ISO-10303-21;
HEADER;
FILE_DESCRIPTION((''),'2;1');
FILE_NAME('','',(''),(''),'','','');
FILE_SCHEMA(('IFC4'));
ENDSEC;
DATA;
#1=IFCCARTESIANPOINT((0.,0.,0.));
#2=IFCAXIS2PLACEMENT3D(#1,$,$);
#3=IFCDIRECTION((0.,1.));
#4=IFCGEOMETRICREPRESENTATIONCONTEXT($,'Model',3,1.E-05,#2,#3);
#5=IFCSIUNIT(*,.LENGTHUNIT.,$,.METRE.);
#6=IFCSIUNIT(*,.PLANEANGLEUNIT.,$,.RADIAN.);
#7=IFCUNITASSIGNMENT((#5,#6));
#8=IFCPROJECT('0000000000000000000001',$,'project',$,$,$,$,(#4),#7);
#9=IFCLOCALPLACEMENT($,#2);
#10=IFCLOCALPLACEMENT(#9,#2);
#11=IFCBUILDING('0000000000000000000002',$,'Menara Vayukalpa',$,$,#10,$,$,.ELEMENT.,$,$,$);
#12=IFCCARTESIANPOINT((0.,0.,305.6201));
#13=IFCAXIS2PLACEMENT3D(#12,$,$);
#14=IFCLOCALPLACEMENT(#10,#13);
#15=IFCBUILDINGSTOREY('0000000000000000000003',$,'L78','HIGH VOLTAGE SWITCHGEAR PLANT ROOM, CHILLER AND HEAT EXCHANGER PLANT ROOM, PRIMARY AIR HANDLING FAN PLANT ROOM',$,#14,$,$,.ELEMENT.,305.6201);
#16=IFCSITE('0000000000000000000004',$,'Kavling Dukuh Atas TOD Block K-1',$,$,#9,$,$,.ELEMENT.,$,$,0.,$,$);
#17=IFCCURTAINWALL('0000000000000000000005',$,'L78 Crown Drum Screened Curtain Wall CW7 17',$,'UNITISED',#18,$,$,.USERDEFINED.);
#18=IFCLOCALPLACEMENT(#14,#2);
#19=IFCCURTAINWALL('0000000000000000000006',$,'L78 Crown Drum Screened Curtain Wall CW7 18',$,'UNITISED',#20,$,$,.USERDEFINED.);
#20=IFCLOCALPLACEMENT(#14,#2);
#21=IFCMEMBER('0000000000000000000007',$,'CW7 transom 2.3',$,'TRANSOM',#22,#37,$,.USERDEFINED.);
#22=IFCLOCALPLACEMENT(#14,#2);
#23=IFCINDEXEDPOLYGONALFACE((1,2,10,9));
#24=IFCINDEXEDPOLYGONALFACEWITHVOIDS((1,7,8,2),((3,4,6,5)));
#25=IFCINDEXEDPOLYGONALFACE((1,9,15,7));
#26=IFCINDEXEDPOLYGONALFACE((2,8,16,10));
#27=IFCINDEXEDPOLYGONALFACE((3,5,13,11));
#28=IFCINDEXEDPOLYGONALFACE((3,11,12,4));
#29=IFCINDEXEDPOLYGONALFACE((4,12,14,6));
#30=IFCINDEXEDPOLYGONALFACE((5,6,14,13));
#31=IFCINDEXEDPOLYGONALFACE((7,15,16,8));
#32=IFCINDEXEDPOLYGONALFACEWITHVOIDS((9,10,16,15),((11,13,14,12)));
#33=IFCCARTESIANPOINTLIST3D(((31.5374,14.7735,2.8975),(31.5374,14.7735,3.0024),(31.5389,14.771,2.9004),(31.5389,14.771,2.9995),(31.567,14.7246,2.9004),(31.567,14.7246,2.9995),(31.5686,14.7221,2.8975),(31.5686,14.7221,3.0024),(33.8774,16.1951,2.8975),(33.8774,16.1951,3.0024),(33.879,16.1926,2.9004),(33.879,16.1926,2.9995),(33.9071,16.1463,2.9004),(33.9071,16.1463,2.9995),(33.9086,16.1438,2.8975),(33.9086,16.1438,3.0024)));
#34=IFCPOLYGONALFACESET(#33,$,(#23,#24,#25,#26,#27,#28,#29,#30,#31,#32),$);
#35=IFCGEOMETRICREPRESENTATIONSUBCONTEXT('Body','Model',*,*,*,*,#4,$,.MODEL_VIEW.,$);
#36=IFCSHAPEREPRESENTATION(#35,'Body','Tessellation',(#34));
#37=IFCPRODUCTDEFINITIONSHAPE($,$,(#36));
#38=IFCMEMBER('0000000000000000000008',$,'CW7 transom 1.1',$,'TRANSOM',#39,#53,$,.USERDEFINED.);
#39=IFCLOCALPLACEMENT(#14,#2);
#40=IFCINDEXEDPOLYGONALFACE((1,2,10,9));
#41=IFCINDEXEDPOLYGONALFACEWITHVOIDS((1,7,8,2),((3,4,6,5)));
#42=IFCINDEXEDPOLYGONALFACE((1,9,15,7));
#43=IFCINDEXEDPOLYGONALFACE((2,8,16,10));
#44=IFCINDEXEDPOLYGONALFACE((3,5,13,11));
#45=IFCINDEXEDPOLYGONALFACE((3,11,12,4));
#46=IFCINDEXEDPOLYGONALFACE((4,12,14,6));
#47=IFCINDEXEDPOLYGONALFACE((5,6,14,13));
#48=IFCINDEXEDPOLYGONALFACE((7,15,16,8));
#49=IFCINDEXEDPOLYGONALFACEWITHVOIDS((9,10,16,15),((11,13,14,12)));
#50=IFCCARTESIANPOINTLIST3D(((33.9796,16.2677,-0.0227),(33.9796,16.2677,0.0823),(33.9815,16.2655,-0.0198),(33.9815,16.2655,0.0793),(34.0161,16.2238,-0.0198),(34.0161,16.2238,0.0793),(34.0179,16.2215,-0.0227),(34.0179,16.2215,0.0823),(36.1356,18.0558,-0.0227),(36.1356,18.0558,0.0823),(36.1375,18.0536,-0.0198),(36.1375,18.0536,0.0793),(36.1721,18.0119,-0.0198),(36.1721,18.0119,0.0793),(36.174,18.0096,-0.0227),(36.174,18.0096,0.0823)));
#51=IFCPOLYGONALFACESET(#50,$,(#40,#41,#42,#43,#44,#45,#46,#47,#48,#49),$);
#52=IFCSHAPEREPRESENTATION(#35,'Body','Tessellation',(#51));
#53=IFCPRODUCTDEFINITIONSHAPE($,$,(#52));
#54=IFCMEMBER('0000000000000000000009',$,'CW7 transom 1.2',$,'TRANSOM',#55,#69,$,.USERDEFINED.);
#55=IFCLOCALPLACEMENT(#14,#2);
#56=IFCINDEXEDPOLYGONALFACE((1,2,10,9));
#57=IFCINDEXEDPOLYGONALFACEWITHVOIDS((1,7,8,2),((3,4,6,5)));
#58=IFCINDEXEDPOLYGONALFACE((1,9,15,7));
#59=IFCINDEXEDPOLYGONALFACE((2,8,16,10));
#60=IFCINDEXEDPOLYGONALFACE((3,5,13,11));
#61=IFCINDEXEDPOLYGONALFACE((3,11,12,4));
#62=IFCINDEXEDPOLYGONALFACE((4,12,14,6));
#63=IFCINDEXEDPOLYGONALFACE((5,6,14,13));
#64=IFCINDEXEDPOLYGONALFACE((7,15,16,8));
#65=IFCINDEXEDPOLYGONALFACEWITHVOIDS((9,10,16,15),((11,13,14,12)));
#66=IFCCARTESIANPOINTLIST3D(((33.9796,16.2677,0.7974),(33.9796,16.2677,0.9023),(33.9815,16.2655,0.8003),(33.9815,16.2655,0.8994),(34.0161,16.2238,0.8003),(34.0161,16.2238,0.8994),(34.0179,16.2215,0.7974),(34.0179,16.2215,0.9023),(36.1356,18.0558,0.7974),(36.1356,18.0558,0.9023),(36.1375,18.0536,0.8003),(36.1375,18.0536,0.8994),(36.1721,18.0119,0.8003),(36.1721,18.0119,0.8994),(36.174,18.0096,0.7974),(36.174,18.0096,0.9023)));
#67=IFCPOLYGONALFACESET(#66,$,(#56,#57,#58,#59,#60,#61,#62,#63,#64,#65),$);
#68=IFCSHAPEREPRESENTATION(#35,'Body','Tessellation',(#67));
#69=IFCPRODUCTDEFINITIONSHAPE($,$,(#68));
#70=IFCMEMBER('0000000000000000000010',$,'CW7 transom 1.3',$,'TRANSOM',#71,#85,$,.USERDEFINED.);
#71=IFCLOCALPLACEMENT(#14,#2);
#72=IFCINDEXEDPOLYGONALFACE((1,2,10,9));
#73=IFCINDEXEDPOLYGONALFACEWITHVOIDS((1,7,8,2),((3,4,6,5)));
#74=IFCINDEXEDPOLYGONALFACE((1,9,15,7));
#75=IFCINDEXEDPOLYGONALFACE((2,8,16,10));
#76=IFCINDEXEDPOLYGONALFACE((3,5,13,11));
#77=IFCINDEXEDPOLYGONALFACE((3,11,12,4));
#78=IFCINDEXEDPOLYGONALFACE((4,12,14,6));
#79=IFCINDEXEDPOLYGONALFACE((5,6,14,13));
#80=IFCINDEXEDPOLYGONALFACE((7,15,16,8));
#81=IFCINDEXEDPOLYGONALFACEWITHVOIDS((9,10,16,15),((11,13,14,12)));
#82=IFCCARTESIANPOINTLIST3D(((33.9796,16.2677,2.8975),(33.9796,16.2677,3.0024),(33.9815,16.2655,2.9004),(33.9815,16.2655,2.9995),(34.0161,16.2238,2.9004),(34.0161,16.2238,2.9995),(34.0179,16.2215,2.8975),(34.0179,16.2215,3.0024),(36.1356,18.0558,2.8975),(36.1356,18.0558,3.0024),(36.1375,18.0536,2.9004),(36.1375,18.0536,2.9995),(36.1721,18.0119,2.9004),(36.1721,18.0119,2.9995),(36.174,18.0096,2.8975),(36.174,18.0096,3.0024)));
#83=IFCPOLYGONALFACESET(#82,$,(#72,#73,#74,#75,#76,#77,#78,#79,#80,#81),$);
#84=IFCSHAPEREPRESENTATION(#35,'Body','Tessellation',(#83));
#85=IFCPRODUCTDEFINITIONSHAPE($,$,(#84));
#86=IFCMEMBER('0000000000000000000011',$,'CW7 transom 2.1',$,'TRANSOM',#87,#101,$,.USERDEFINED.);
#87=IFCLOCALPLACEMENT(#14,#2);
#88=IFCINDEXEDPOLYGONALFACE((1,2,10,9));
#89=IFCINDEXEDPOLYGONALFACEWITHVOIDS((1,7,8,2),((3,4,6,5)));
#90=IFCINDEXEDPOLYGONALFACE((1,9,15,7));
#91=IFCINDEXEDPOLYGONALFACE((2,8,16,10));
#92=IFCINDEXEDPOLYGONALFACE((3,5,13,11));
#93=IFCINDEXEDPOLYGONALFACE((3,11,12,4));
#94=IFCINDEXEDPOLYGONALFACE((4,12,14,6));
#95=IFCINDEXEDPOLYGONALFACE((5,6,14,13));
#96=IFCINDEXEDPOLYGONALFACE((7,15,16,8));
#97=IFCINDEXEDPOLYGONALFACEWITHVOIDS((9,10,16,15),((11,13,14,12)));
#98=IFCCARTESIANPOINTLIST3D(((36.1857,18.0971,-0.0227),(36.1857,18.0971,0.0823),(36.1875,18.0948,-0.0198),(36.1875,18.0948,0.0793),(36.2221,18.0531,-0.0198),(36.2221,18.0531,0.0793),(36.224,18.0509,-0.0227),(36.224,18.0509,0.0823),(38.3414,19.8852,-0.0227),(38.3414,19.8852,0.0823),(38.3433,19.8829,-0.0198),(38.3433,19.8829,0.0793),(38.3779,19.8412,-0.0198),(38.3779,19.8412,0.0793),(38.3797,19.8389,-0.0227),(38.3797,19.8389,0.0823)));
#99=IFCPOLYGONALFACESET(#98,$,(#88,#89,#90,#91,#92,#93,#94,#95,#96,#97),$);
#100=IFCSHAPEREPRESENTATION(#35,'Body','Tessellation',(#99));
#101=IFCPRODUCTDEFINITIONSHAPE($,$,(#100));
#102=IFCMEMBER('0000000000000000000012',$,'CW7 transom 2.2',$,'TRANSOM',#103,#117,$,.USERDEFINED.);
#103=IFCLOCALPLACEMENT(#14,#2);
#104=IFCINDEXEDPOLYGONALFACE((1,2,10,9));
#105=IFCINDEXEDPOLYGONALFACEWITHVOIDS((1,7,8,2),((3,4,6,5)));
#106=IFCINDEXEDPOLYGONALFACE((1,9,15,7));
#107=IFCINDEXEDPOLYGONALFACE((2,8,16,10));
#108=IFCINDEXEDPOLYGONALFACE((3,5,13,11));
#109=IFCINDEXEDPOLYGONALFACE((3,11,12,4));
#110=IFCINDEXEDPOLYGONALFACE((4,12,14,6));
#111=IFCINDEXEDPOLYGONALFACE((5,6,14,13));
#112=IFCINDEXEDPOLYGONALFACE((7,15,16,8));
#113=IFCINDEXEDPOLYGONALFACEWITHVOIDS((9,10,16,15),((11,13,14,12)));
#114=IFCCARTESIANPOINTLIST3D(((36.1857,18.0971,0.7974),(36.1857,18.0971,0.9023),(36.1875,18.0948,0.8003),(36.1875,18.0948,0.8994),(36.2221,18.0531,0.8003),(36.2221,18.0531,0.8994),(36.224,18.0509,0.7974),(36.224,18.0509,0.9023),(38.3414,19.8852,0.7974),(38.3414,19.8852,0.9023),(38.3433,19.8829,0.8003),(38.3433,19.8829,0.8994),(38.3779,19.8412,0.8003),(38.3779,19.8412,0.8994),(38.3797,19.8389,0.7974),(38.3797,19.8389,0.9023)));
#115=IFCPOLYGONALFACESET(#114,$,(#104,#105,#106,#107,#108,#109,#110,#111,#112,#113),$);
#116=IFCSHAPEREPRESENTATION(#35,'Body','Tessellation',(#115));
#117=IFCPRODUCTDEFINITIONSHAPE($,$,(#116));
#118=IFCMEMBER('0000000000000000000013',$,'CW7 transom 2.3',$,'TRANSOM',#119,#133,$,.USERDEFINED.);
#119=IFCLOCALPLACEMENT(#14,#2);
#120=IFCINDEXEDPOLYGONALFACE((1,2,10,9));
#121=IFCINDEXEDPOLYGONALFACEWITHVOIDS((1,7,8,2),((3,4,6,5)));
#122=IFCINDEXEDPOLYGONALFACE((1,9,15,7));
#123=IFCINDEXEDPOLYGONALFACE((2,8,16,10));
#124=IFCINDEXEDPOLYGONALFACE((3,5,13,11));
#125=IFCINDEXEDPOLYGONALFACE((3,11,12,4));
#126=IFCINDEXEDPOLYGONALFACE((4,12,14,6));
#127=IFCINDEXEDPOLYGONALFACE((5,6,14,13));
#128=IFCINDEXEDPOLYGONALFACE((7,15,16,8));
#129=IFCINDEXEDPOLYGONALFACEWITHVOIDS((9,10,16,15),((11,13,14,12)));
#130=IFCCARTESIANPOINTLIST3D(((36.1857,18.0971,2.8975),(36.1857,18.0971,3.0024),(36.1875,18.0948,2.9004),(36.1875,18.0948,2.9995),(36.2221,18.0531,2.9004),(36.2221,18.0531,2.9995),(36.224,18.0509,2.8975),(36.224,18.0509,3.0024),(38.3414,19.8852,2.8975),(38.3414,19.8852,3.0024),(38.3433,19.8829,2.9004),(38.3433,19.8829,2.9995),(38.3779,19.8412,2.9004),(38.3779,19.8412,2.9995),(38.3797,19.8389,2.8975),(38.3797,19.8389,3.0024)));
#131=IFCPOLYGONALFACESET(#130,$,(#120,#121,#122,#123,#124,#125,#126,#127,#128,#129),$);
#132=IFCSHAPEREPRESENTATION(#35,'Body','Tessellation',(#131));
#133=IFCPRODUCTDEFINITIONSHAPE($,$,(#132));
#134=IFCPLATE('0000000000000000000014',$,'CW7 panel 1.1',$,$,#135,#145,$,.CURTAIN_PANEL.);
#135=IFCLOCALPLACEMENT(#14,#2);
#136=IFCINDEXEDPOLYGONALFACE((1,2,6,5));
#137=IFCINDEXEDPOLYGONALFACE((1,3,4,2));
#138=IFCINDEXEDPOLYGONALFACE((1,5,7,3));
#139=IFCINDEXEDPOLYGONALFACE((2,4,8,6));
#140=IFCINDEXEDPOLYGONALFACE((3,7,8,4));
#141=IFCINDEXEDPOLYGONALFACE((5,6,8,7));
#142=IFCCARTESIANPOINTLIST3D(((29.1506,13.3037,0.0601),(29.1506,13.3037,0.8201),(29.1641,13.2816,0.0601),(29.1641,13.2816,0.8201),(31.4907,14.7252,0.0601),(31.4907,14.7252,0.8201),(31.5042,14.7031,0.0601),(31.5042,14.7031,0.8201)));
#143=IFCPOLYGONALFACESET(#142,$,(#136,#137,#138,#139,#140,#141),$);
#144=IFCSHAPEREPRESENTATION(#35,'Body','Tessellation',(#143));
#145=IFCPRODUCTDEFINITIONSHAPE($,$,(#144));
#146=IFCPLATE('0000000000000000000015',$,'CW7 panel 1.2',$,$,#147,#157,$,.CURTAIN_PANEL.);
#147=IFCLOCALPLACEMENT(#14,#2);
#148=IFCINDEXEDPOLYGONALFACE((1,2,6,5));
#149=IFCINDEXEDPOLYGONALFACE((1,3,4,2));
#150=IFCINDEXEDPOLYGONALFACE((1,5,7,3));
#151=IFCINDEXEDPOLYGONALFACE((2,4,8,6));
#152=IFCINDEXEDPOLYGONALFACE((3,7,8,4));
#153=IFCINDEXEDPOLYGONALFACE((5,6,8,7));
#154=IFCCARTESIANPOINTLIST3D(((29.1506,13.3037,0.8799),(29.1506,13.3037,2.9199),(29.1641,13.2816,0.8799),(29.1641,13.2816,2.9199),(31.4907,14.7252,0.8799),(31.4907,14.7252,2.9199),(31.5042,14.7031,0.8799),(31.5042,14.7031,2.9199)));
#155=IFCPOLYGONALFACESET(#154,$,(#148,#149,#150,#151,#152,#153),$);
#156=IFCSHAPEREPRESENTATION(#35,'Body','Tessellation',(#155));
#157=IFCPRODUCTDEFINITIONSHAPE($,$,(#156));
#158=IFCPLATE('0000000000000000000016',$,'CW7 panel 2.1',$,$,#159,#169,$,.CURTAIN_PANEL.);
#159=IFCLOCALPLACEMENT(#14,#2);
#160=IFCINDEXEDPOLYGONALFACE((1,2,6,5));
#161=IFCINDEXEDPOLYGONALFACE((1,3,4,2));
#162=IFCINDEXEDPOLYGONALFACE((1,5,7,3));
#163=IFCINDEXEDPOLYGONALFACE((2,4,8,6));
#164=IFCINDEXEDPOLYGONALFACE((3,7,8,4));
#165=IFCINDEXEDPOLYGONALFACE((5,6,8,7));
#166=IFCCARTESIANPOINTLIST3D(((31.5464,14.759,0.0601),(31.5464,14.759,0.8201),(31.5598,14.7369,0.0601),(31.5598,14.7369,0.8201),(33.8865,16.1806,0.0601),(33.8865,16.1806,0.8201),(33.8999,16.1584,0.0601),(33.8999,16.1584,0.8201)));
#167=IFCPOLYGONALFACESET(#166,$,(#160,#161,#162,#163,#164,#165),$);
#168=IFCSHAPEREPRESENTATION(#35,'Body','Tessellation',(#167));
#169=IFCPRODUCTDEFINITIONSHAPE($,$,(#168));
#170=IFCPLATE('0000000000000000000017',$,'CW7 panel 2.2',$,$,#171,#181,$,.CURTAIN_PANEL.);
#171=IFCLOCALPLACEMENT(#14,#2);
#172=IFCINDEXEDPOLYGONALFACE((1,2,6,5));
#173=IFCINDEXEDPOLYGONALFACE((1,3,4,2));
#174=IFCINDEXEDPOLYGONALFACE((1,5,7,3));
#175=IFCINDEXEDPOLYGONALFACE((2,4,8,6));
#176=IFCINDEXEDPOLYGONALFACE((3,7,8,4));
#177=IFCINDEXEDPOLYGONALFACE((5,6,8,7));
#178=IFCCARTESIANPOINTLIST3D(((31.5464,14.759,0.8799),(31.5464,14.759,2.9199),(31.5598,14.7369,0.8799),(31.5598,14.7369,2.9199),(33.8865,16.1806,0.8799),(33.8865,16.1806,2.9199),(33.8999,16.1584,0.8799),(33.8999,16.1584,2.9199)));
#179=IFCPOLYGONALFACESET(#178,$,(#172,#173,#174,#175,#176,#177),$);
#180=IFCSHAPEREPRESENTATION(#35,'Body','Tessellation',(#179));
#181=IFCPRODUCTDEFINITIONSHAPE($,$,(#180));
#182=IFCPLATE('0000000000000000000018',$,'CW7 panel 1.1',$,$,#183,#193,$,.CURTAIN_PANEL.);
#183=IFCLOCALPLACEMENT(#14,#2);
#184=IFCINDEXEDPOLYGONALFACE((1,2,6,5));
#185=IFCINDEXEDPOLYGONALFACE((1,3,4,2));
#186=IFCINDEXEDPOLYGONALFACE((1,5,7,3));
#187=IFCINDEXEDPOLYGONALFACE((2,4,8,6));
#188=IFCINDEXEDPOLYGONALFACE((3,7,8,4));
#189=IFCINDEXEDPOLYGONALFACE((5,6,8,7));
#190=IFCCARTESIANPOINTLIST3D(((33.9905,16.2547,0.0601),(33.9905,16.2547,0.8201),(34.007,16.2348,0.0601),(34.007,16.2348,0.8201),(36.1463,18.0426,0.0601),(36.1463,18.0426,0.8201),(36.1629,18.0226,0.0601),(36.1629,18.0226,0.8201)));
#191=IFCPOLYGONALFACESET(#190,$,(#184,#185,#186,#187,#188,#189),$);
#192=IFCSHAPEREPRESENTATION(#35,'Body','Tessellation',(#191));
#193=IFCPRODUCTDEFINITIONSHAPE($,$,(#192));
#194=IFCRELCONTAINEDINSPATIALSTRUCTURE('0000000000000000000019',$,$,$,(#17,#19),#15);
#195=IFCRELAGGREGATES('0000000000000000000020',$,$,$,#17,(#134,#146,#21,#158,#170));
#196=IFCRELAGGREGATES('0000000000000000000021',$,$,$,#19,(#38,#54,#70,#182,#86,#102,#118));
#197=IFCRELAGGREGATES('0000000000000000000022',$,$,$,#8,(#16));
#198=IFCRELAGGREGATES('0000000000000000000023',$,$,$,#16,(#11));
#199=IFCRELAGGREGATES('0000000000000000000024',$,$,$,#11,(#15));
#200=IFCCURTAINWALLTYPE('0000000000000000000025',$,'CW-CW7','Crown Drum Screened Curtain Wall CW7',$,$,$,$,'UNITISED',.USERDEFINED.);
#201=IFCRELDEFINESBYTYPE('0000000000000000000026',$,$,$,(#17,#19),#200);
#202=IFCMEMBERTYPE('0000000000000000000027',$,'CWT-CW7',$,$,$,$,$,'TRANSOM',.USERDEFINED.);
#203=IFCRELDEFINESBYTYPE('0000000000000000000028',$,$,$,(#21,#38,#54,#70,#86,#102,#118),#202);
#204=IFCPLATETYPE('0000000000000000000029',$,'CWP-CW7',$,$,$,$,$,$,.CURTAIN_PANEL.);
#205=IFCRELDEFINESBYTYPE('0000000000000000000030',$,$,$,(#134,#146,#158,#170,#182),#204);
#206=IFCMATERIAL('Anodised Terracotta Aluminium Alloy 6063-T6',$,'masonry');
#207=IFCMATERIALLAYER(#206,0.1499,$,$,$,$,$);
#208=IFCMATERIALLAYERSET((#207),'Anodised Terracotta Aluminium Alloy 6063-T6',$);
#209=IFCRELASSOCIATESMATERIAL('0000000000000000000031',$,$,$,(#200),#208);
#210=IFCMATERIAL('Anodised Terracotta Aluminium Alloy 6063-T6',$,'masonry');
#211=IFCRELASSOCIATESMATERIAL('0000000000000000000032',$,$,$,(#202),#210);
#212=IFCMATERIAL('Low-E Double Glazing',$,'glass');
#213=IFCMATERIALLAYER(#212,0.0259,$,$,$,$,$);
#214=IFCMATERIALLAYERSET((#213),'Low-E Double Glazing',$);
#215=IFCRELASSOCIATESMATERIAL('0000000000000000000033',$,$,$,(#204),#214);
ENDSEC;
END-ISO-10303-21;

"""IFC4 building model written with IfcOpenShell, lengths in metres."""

from ifc_helpers import new_model, si_unit, direction, frame, origin, origin_2d, place, context, subcontext, project, spatial, rectangle, hollow_rectangle, extrude, material, layer, layer_set, material_profile, profile_set, type_object, element, aggregate, save


model = new_model("IFC4")

# Units and contexts
model_context = context("Model", 3, precision=1e-05, world=origin(), true_north=direction((0.0, 1.0)))
body_context = subcontext(model_context, "Body", "Model", "MODEL_VIEW")
ifc_project = project(units=[si_unit("LENGTHUNIT", "METRE"), si_unit("PLANEANGLEUNIT", "RADIAN")], contexts=[model_context])

# Site, building, storey
site_placement = place(None, origin())
site = spatial("IfcSite", under=ifc_project, at=site_placement, Name="Kavling Dukuh Atas TOD Block K-1", CompositionType="ELEMENT", RefElevation=0.0)
building_placement = place(site_placement, origin())
building = spatial("IfcBuilding", under=site, at=building_placement, Name="Menara Vayukalpa", CompositionType="ELEMENT")
storey_placement = place(building_placement, frame((0.0, 0.0, 305.6201)))
storey = spatial("IfcBuildingStorey", under=building, at=storey_placement, Name="L78", Description="HIGH VOLTAGE SWITCHGEAR PLANT ROOM, CHILLER AND HEAT EXCHANGER PLANT ROOM, PRIMARY AIR HANDLING FAN PLANT ROOM", CompositionType="ELEMENT", Elevation=305.6201)

# Curtain walls
ifc_material_1 = material(Name="Anodised Terracotta Aluminium Alloy 6063-T6", Category="masonry")
ifc_layer_1 = layer(ifc_material_1, 0.1499)
ifc_layer_set_1 = layer_set([ifc_layer_1], Name="Anodised Terracotta Aluminium Alloy 6063-T6")
curtain_wall_type = type_object("IfcCurtainWallType", Name="CW-CW7", Description="Crown Drum Screened Curtain Wall CW7", ElementType="UNITISED", PredefinedType="USERDEFINED", material=ifc_layer_set_1)
curtain_wall_1_placement = place(storey_placement, origin())
curtain_wall_1 = element("IfcCurtainWall", 1, at=curtain_wall_1_placement, inside=storey, type_object=curtain_wall_type, Name="L78 Crown Drum Screened Curtain Wall CW7 17", ObjectType="UNITISED", PredefinedType="USERDEFINED")
curtain_wall_2_placement = place(storey_placement, origin())
curtain_wall_2 = element("IfcCurtainWall", 2, at=curtain_wall_2_placement, inside=storey, type_object=curtain_wall_type, Name="L78 Crown Drum Screened Curtain Wall CW7 18", ObjectType="UNITISED", PredefinedType="USERDEFINED")

# Members
ifc_material_2 = material(Name="Anodised Terracotta Aluminium Alloy 6063-T6", Category="masonry")
ifc_material_profile_1 = material_profile(ifc_material_2, hollow_rectangle(XDim=0.0601, YDim=0.105, WallThickness=0.0029, at=origin_2d()), Name="ALU 60x105x3")
ifc_profile_set_1 = profile_set([ifc_material_profile_1], Name="Anodised Terracotta Aluminium Alloy 6063-T6")
member_type_1 = type_object("IfcMemberType", Name="CWT-CW7", ElementType="TRANSOM", PredefinedType="USERDEFINED", material=ifc_profile_set_1)
member_1_placement = place(storey_placement, frame((31.553, 14.7478, 2.95), z_axis=(0.854648, 0.519208, 0.0), x_axis=(-0.519208, 0.854648, 0.0)))
member_1 = element("IfcMember", 3, at=member_1_placement, type_object=member_type_1, Name="CW7 transom 2.3", ObjectType="TRANSOM", PredefinedType="USERDEFINED", context=body_context, shape_type="SweptSolid", body=[
    extrude(hollow_rectangle(XDim=0.0601, YDim=0.105, WallThickness=0.0029, at=origin_2d()), origin(), (0.0, 0.0, 1.0), 2.738),
])
member_2_placement = place(storey_placement, frame((33.9988, 16.2446, 0.0298), z_axis=(0.769727, 0.638374, 0.0), x_axis=(-0.638374, 0.769727, 0.0)))
member_2 = element("IfcMember", 4, at=member_2_placement, type_object=member_type_1, Name="CW7 transom 1.1", ObjectType="TRANSOM", PredefinedType="USERDEFINED", context=body_context, shape_type="SweptSolid", body=[
    extrude(hollow_rectangle(XDim=0.0601, YDim=0.105, WallThickness=0.0029, at=origin_2d()), origin(), (0.0, 0.0, 1.0), 2.801),
])
member_3_placement = place(storey_placement, frame((33.9988, 16.2446, 0.8499), z_axis=(0.769727, 0.638374, 0.0), x_axis=(-0.638374, 0.769727, 0.0)))
member_3 = element("IfcMember", 5, at=member_3_placement, type_object=member_type_1, Name="CW7 transom 1.2", ObjectType="TRANSOM", PredefinedType="USERDEFINED", context=body_context, shape_type="SweptSolid", body=[
    extrude(hollow_rectangle(XDim=0.0601, YDim=0.105, WallThickness=0.0029, at=origin_2d()), origin(), (0.0, 0.0, 1.0), 2.801),
])
member_4_placement = place(storey_placement, frame((33.9988, 16.2446, 2.95), z_axis=(0.769727, 0.638374, 0.0), x_axis=(-0.638374, 0.769727, 0.0)))
member_4 = element("IfcMember", 6, at=member_4_placement, type_object=member_type_1, Name="CW7 transom 1.3", ObjectType="TRANSOM", PredefinedType="USERDEFINED", context=body_context, shape_type="SweptSolid", body=[
    extrude(hollow_rectangle(XDim=0.0601, YDim=0.105, WallThickness=0.0029, at=origin_2d()), origin(), (0.0, 0.0, 1.0), 2.801),
])
member_5_placement = place(storey_placement, frame((36.2048, 18.074, 0.0298), z_axis=(0.769691, 0.638416, 0.0), x_axis=(-0.638416, 0.769691, 0.0)))
member_5 = element("IfcMember", 7, at=member_5_placement, type_object=member_type_1, Name="CW7 transom 2.1", ObjectType="TRANSOM", PredefinedType="USERDEFINED", context=body_context, shape_type="SweptSolid", body=[
    extrude(hollow_rectangle(XDim=0.0601, YDim=0.105, WallThickness=0.0029, at=origin_2d()), origin(), (0.0, 0.0, 1.0), 2.8008),
])
member_6_placement = place(storey_placement, frame((36.2048, 18.074, 0.8499), z_axis=(0.769691, 0.638416, 0.0), x_axis=(-0.638416, 0.769691, 0.0)))
member_6 = element("IfcMember", 8, at=member_6_placement, type_object=member_type_1, Name="CW7 transom 2.2", ObjectType="TRANSOM", PredefinedType="USERDEFINED", context=body_context, shape_type="SweptSolid", body=[
    extrude(hollow_rectangle(XDim=0.0601, YDim=0.105, WallThickness=0.0029, at=origin_2d()), origin(), (0.0, 0.0, 1.0), 2.8008),
])
member_7_placement = place(storey_placement, frame((36.2048, 18.074, 2.95), z_axis=(0.769691, 0.638416, 0.0), x_axis=(-0.638416, 0.769691, 0.0)))
member_7 = element("IfcMember", 9, at=member_7_placement, type_object=member_type_1, Name="CW7 transom 2.3", ObjectType="TRANSOM", PredefinedType="USERDEFINED", context=body_context, shape_type="SweptSolid", body=[
    extrude(hollow_rectangle(XDim=0.0601, YDim=0.105, WallThickness=0.0029, at=origin_2d()), origin(), (0.0, 0.0, 1.0), 2.8008),
])

# Plates
ifc_material_3 = material(Name="Low-E Double Glazing", Category="glass")
ifc_layer_2 = layer(ifc_material_3, 0.0259)
ifc_layer_set_2 = layer_set([ifc_layer_2], Name="Low-E Double Glazing")
plate_type = type_object("IfcPlateType", Name="CWP-CW7", PredefinedType="CURTAIN_PANEL", material=ifc_layer_set_2)
plate_1_placement = place(storey_placement, frame((30.3274, 14.0034, 0.0601), z_axis=(0.0, 0.0, 1.0), x_axis=(0.854667, 0.519176, 0.0)))
plate_1 = element("IfcPlate", 10, at=plate_1_placement, type_object=plate_type, Name="CW7 panel 1.1", PredefinedType="CURTAIN_PANEL", context=body_context, shape_type="SweptSolid", body=[
    extrude(rectangle(XDim=2.738, YDim=0.0259, at=origin_2d()), origin(), (0.0, 0.0, 1.0), 0.76),
])
plate_2_placement = place(storey_placement, frame((30.3274, 14.0034, 0.8799), z_axis=(0.0, 0.0, 1.0), x_axis=(0.854667, 0.519176, 0.0)))
plate_2 = element("IfcPlate", 11, at=plate_2_placement, type_object=plate_type, Name="CW7 panel 1.2", PredefinedType="CURTAIN_PANEL", context=body_context, shape_type="SweptSolid", body=[
    extrude(rectangle(XDim=2.738, YDim=0.0259, at=origin_2d()), origin(), (0.0, 0.0, 1.0), 2.04),
])
plate_3_placement = place(storey_placement, frame((32.7231, 15.4587, 0.0601), z_axis=(0.0, 0.0, 1.0), x_axis=(0.854667, 0.519176, 0.0)))
plate_3 = element("IfcPlate", 12, at=plate_3_placement, type_object=plate_type, Name="CW7 panel 2.1", PredefinedType="CURTAIN_PANEL", context=body_context, shape_type="SweptSolid", body=[
    extrude(rectangle(XDim=2.738, YDim=0.0259, at=origin_2d()), origin(), (0.0, 0.0, 1.0), 0.76),
])
plate_4_placement = place(storey_placement, frame((32.7231, 15.4587, 0.8799), z_axis=(0.0, 0.0, 1.0), x_axis=(0.854667, 0.519176, 0.0)))
plate_4 = element("IfcPlate", 13, at=plate_4_placement, type_object=plate_type, Name="CW7 panel 2.2", PredefinedType="CURTAIN_PANEL", context=body_context, shape_type="SweptSolid", body=[
    extrude(rectangle(XDim=2.738, YDim=0.0259, at=origin_2d()), origin(), (0.0, 0.0, 1.0), 2.04),
])
aggregate(curtain_wall_1, [plate_1, plate_2, member_1, plate_3, plate_4])
plate_5_placement = place(storey_placement, frame((35.0767, 17.1387, 0.0601), z_axis=(0.0, 0.0, 1.0), x_axis=(0.769749, 0.638347, 0.0)))
plate_5 = element("IfcPlate", 14, at=plate_5_placement, type_object=plate_type, Name="CW7 panel 1.1", PredefinedType="CURTAIN_PANEL", context=body_context, shape_type="SweptSolid", body=[
    extrude(rectangle(XDim=2.8008, YDim=0.0259, at=origin_2d()), origin(), (0.0, 0.0, 1.0), 0.76),
])
aggregate(curtain_wall_2, [member_2, member_3, member_4, plate_5, member_5, member_6, member_7])

save(model, "model.ifc")
